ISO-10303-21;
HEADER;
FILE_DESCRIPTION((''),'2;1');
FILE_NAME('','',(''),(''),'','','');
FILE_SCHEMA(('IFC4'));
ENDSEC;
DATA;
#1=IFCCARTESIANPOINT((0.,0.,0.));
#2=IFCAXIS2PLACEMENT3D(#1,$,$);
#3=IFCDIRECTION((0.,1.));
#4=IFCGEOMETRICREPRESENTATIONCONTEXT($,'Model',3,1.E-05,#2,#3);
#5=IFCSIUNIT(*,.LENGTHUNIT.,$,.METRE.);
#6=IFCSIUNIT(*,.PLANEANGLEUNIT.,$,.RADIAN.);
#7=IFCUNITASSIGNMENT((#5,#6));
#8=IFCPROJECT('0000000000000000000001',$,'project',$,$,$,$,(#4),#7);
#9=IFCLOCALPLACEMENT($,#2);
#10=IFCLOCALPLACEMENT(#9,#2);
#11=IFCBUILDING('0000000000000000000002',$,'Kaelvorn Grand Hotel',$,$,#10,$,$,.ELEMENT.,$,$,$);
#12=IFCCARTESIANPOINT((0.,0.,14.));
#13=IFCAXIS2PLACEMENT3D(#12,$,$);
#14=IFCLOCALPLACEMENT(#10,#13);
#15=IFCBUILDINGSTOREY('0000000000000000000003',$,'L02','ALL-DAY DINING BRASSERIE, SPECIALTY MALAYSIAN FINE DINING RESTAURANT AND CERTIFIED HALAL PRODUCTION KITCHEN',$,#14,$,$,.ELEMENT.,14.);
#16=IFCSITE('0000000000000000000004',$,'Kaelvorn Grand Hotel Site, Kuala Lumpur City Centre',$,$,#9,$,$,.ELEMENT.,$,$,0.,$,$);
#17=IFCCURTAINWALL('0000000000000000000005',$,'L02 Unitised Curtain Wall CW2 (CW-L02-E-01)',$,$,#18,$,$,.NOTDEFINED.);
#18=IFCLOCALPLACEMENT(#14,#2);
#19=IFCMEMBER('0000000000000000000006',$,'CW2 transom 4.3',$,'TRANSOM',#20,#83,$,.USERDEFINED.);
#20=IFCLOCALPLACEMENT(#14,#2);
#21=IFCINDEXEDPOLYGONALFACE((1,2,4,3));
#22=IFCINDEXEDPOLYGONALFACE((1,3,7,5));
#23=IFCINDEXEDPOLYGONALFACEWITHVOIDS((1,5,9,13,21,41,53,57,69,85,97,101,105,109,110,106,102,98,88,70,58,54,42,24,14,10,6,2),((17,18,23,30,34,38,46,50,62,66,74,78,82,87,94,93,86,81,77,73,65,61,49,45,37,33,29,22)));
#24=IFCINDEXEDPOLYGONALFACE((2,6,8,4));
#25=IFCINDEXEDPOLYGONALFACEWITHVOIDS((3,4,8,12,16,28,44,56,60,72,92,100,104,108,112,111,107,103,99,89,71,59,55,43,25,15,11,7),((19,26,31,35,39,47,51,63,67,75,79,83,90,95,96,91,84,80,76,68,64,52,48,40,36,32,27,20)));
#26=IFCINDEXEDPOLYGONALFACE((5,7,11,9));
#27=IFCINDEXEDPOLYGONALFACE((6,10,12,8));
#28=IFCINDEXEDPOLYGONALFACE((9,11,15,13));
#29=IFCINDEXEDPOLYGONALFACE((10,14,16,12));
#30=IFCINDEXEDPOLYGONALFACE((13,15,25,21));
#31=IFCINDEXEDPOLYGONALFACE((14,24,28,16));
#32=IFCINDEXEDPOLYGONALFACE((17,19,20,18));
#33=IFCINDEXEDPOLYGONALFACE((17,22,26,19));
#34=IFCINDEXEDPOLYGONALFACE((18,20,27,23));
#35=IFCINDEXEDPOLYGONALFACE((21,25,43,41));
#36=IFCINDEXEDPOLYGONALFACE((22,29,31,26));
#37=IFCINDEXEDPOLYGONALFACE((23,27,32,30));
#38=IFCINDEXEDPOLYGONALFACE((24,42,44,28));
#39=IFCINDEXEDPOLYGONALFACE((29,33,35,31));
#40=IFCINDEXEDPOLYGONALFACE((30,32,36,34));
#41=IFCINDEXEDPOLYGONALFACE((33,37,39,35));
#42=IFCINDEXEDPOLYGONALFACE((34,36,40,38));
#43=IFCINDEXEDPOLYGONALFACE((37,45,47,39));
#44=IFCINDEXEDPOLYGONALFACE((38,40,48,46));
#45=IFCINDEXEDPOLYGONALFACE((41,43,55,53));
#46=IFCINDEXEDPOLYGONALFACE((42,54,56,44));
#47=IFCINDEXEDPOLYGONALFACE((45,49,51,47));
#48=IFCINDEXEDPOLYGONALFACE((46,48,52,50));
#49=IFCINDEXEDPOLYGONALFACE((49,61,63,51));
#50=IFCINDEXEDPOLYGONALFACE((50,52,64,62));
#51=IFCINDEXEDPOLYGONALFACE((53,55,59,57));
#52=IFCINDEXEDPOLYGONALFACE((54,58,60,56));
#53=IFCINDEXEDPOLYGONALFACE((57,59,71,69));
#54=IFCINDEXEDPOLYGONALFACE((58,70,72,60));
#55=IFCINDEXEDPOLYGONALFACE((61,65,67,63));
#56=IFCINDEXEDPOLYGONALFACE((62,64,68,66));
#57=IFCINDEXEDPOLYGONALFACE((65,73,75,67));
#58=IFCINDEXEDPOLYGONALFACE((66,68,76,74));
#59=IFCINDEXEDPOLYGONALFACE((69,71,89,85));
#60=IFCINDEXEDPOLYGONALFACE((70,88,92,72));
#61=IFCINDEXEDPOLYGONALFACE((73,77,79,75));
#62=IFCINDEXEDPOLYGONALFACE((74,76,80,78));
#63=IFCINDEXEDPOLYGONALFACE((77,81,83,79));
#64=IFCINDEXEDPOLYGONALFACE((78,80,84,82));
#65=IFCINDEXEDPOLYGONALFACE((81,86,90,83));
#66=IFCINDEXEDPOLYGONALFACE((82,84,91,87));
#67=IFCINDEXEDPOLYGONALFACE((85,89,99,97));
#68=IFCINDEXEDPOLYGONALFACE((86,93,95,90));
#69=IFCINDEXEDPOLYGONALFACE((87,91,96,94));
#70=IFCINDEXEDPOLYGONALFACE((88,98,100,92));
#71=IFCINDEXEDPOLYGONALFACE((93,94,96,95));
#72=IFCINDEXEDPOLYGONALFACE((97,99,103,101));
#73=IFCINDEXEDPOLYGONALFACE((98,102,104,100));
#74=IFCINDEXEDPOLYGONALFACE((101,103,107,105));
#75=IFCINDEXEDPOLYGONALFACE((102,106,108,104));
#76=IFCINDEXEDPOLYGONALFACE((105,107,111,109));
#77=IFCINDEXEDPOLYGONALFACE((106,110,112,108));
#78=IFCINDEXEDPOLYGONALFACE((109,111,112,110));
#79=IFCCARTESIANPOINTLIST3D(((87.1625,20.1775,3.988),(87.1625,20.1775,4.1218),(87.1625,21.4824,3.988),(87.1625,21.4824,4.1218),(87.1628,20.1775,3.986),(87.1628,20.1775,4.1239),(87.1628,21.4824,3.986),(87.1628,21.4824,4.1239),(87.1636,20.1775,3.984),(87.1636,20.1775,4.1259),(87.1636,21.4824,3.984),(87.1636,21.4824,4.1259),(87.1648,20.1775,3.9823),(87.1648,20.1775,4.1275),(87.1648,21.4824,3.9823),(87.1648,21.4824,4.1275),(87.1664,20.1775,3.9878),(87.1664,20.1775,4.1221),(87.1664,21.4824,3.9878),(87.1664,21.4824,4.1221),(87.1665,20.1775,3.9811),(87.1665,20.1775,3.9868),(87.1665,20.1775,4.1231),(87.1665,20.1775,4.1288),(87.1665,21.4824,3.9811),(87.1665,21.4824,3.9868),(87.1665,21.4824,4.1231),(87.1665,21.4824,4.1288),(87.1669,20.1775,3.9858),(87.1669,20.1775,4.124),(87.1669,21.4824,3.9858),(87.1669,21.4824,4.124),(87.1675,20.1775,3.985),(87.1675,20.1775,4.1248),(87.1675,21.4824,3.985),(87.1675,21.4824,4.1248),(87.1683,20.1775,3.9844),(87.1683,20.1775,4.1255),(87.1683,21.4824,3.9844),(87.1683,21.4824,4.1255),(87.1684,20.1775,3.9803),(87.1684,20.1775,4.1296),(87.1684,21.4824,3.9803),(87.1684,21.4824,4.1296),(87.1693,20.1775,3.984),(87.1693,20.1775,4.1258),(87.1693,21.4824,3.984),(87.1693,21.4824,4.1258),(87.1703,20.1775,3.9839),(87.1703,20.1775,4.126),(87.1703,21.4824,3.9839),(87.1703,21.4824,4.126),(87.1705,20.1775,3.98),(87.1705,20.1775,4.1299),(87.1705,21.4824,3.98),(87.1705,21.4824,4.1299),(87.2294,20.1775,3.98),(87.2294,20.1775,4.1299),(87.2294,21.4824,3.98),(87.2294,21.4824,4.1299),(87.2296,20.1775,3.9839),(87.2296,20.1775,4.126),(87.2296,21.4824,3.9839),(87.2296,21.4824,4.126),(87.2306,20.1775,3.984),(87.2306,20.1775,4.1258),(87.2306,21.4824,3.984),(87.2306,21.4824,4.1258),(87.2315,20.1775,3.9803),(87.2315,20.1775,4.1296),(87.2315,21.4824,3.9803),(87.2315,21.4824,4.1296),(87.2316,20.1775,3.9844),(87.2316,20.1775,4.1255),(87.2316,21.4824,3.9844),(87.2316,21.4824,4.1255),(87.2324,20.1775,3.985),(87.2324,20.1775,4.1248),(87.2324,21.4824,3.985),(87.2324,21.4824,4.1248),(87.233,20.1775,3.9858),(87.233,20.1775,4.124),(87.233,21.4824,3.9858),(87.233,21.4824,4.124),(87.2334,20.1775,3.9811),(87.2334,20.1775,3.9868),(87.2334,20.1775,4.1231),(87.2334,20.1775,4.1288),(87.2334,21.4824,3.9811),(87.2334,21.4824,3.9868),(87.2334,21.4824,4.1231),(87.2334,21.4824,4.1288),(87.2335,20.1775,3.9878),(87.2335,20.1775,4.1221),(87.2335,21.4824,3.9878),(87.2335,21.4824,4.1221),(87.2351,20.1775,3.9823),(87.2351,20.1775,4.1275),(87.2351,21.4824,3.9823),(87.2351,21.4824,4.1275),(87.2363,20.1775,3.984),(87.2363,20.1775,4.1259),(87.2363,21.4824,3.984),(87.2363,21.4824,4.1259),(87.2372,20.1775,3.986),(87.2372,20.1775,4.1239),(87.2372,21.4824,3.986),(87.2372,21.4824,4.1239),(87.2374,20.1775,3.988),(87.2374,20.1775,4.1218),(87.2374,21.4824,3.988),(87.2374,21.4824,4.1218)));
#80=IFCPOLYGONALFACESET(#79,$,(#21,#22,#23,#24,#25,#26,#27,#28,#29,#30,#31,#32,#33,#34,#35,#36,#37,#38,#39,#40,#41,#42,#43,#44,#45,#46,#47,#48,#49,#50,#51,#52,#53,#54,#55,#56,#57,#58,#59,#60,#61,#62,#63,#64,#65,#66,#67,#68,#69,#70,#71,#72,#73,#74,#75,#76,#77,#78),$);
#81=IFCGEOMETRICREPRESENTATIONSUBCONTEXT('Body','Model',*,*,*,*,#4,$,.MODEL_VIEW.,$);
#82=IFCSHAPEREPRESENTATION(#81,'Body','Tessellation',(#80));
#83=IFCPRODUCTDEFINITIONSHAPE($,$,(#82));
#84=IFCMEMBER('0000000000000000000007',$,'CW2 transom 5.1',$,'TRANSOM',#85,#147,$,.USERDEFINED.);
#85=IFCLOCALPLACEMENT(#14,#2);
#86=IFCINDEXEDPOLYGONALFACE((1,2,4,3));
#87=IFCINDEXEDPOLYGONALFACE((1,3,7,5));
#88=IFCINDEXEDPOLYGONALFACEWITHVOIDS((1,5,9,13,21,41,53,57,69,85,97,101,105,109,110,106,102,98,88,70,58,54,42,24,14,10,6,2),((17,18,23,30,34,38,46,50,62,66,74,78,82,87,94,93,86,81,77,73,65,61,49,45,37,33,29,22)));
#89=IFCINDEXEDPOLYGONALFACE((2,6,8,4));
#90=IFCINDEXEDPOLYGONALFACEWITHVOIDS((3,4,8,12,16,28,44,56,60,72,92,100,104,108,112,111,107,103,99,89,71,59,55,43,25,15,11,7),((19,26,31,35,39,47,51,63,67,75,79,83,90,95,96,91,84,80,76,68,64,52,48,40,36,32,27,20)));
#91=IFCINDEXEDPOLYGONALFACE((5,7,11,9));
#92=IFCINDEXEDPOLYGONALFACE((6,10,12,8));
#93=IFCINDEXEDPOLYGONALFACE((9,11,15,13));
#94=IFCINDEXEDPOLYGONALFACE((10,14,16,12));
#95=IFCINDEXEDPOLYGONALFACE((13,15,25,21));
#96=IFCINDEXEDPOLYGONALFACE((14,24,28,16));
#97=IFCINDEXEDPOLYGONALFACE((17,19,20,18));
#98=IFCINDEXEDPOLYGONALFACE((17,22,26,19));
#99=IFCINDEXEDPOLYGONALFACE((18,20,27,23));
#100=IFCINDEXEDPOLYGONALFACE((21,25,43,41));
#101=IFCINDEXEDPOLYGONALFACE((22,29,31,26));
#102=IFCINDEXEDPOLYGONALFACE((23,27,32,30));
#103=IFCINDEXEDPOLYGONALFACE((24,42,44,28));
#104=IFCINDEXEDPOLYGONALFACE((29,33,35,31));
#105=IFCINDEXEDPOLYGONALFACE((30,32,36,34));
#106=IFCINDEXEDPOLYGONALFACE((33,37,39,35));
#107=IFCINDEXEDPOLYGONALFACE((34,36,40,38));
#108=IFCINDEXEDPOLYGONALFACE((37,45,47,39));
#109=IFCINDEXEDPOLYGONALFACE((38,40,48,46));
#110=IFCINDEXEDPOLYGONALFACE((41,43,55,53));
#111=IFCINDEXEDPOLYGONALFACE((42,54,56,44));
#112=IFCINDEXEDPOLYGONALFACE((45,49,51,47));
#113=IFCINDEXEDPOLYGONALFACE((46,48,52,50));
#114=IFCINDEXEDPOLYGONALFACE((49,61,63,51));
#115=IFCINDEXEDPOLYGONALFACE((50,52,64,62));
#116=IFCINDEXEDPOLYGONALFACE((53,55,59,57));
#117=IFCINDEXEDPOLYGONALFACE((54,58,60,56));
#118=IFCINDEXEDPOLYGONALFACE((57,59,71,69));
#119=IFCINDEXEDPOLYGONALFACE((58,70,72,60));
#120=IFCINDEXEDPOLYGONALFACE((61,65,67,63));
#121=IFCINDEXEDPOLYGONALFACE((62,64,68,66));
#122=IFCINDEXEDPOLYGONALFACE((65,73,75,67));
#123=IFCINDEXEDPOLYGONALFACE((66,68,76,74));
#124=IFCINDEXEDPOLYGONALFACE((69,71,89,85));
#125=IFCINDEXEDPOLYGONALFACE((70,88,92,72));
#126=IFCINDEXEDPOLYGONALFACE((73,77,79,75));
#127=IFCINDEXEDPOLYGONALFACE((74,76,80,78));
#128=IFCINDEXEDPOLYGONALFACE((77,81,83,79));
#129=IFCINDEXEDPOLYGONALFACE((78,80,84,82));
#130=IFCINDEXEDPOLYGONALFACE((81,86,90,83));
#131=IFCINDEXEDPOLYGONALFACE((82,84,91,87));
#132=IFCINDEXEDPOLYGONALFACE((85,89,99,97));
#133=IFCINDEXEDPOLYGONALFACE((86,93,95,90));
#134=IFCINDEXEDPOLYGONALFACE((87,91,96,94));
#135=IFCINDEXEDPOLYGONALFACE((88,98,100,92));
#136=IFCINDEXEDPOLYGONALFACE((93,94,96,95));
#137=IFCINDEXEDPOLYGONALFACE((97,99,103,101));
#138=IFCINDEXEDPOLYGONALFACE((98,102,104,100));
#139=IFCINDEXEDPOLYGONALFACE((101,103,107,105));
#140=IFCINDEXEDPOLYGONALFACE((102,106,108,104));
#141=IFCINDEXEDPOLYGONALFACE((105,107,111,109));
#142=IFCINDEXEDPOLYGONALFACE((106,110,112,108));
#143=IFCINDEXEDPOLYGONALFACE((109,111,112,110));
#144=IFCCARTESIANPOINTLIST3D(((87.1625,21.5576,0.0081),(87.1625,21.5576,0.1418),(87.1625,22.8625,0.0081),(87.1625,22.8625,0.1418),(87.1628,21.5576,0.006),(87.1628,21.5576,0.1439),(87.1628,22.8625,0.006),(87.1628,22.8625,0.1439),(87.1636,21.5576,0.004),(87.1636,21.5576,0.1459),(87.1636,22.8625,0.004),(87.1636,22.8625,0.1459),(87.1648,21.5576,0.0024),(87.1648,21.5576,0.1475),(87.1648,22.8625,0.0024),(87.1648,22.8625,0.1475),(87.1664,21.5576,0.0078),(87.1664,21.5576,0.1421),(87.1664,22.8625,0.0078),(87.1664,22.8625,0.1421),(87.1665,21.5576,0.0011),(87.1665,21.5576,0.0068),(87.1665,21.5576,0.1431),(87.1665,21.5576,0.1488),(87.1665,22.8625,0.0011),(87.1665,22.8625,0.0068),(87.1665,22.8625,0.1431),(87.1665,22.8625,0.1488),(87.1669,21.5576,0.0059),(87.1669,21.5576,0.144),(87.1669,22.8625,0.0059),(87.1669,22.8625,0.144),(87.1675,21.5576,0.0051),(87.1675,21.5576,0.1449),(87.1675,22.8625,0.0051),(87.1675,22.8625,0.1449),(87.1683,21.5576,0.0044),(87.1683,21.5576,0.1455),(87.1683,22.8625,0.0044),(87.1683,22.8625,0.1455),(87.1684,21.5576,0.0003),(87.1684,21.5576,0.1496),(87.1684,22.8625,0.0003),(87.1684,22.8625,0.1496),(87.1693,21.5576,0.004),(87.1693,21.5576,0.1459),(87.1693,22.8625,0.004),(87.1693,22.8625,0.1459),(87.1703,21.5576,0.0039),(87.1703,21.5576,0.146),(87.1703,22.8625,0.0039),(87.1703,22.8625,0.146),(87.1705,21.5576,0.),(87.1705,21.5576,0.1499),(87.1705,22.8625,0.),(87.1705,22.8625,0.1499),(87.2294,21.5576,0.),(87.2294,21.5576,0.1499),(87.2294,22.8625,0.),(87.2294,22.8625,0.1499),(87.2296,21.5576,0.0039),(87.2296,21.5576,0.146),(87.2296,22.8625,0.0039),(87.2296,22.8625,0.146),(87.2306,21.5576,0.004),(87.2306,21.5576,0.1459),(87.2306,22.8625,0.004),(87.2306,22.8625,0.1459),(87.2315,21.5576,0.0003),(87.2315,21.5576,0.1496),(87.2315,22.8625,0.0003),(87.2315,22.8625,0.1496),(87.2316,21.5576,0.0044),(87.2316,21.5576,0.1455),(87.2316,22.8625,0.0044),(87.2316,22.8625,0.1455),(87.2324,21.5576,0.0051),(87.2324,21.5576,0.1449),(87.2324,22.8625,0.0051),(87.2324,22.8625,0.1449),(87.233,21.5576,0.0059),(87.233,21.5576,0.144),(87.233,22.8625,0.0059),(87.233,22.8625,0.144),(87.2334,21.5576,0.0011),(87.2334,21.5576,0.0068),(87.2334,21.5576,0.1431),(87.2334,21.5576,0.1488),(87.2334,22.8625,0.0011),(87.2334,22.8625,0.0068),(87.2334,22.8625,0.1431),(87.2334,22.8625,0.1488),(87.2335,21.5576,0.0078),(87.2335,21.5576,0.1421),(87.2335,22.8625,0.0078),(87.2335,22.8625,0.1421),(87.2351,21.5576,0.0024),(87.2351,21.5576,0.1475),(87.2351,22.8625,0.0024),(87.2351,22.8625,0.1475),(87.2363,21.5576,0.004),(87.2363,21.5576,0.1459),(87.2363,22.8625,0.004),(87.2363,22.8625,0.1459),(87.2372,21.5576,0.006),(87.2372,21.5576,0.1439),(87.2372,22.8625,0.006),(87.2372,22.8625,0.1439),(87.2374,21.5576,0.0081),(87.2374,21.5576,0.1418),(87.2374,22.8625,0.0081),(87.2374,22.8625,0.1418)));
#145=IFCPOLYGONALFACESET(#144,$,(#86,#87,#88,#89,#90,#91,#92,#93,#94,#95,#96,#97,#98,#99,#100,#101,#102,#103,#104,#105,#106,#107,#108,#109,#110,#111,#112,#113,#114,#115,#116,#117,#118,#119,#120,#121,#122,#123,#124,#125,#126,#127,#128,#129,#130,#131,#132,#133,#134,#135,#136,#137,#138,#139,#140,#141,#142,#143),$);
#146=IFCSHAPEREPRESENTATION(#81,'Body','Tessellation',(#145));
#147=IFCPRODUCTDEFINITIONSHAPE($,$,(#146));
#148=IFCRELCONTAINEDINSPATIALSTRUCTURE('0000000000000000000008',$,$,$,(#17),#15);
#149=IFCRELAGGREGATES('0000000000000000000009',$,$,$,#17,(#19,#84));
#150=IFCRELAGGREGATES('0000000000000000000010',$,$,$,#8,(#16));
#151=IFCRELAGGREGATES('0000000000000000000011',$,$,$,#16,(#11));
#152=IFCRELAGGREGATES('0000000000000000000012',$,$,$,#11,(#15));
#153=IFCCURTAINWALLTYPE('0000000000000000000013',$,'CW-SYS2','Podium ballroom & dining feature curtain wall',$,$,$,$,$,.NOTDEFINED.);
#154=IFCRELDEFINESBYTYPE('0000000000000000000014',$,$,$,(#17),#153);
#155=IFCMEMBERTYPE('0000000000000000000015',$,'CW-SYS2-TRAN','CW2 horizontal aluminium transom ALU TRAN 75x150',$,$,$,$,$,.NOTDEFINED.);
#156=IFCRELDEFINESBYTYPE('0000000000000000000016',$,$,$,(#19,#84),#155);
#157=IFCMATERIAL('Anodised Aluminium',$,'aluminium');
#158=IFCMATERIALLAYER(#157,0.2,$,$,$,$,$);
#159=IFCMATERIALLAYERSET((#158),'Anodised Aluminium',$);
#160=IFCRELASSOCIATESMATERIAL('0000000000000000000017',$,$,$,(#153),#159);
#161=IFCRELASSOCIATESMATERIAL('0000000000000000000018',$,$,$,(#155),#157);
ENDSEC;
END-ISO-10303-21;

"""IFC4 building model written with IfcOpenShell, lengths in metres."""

from ifc_helpers import new_model, si_unit, direction, frame, origin, origin_2d, place, context, subcontext, project, spatial, hollow_rectangle, extrude, material, layer, layer_set, material_profile, profile_set, type_object, element, aggregate, save


model = new_model("IFC4")

# Units and contexts
model_context = context("Model", 3, precision=1e-05, world=origin(), true_north=direction((0.0, 1.0)))
body_context = subcontext(model_context, "Body", "Model", "MODEL_VIEW")
ifc_project = project(units=[si_unit("LENGTHUNIT", "METRE"), si_unit("PLANEANGLEUNIT", "RADIAN")], contexts=[model_context])

# Site, building, storey
site_placement = place(None, origin())
site = spatial("IfcSite", under=ifc_project, at=site_placement, Name="Kaelvorn Grand Hotel Site, Kuala Lumpur City Centre", CompositionType="ELEMENT", RefElevation=0.0)
building_placement = place(site_placement, origin())
building = spatial("IfcBuilding", under=site, at=building_placement, Name="Kaelvorn Grand Hotel", CompositionType="ELEMENT")
storey_placement = place(building_placement, frame((0.0, 0.0, 14.0)))
storey = spatial("IfcBuildingStorey", under=building, at=storey_placement, Name="L02", Description="ALL-DAY DINING BRASSERIE, SPECIALTY MALAYSIAN FINE DINING RESTAURANT AND CERTIFIED HALAL PRODUCTION KITCHEN", CompositionType="ELEMENT", Elevation=14.0)

# Curtain wall, members
ifc_material_1 = material(Name="Anodised Aluminium", Category="aluminium")
ifc_layer_1 = layer(ifc_material_1, 0.2)
ifc_layer_set_1 = layer_set([ifc_layer_1], Name="Anodised Aluminium")
curtain_wall_type = type_object("IfcCurtainWallType", Name="CW-SYS2", Description="Podium ballroom & dining feature curtain wall", PredefinedType="NOTDEFINED", material=ifc_layer_set_1)
curtain_wall_placement = place(storey_placement, origin())
curtain_wall = element("IfcCurtainWall", 1, at=curtain_wall_placement, inside=storey, type_object=curtain_wall_type, Name="L02 Unitised Curtain Wall CW2 (CW-L02-E-01)", PredefinedType="NOTDEFINED")
ifc_material_profile_1 = material_profile(ifc_material_1, hollow_rectangle(XDim=0.075, YDim=0.1499, WallThickness=0.0039, InnerFilletRadius=0.0039, OuterFilletRadius=0.0081, at=origin_2d()), Name="ALU TRAN 75x150")
ifc_profile_set_1 = profile_set([ifc_material_profile_1], Name="Anodised Aluminium")
member_type_1 = type_object("IfcMemberType", Name="CW-SYS2-TRAN", Description="CW2 horizontal aluminium transom ALU TRAN 75x150", PredefinedType="NOTDEFINED", material=ifc_profile_set_1)
member_1_placement = place(storey_placement, frame((87.2, 20.1775, 4.0549), z_axis=(0.0, 1.0, 0.0), x_axis=(-1.0, 0.0, 0.0)))
member_1 = element("IfcMember", 2, at=member_1_placement, type_object=member_type_1, Name="CW2 transom 4.3", ObjectType="TRANSOM", PredefinedType="USERDEFINED", context=body_context, shape_type="SweptSolid", body=[
    extrude(hollow_rectangle(XDim=0.075, YDim=0.1499, WallThickness=0.0039, InnerFilletRadius=0.0039, OuterFilletRadius=0.0081, at=origin_2d()), origin(), (0.0, 0.0, 1.0), 1.3049),
])
member_2_placement = place(storey_placement, frame((87.2, 21.5576, 0.075), z_axis=(0.0, 1.0, 0.0), x_axis=(-1.0, 0.0, 0.0)))
member_2 = element("IfcMember", 3, at=member_2_placement, type_object=member_type_1, Name="CW2 transom 5.1", ObjectType="TRANSOM", PredefinedType="USERDEFINED", context=body_context, shape_type="SweptSolid", body=[
    extrude(hollow_rectangle(XDim=0.075, YDim=0.1499, WallThickness=0.0039, InnerFilletRadius=0.0039, OuterFilletRadius=0.0081, at=origin_2d()), origin(), (0.0, 0.0, 1.0), 1.3049),
])
aggregate(curtain_wall, [member_1, member_2])

save(model, "model.ifc")
